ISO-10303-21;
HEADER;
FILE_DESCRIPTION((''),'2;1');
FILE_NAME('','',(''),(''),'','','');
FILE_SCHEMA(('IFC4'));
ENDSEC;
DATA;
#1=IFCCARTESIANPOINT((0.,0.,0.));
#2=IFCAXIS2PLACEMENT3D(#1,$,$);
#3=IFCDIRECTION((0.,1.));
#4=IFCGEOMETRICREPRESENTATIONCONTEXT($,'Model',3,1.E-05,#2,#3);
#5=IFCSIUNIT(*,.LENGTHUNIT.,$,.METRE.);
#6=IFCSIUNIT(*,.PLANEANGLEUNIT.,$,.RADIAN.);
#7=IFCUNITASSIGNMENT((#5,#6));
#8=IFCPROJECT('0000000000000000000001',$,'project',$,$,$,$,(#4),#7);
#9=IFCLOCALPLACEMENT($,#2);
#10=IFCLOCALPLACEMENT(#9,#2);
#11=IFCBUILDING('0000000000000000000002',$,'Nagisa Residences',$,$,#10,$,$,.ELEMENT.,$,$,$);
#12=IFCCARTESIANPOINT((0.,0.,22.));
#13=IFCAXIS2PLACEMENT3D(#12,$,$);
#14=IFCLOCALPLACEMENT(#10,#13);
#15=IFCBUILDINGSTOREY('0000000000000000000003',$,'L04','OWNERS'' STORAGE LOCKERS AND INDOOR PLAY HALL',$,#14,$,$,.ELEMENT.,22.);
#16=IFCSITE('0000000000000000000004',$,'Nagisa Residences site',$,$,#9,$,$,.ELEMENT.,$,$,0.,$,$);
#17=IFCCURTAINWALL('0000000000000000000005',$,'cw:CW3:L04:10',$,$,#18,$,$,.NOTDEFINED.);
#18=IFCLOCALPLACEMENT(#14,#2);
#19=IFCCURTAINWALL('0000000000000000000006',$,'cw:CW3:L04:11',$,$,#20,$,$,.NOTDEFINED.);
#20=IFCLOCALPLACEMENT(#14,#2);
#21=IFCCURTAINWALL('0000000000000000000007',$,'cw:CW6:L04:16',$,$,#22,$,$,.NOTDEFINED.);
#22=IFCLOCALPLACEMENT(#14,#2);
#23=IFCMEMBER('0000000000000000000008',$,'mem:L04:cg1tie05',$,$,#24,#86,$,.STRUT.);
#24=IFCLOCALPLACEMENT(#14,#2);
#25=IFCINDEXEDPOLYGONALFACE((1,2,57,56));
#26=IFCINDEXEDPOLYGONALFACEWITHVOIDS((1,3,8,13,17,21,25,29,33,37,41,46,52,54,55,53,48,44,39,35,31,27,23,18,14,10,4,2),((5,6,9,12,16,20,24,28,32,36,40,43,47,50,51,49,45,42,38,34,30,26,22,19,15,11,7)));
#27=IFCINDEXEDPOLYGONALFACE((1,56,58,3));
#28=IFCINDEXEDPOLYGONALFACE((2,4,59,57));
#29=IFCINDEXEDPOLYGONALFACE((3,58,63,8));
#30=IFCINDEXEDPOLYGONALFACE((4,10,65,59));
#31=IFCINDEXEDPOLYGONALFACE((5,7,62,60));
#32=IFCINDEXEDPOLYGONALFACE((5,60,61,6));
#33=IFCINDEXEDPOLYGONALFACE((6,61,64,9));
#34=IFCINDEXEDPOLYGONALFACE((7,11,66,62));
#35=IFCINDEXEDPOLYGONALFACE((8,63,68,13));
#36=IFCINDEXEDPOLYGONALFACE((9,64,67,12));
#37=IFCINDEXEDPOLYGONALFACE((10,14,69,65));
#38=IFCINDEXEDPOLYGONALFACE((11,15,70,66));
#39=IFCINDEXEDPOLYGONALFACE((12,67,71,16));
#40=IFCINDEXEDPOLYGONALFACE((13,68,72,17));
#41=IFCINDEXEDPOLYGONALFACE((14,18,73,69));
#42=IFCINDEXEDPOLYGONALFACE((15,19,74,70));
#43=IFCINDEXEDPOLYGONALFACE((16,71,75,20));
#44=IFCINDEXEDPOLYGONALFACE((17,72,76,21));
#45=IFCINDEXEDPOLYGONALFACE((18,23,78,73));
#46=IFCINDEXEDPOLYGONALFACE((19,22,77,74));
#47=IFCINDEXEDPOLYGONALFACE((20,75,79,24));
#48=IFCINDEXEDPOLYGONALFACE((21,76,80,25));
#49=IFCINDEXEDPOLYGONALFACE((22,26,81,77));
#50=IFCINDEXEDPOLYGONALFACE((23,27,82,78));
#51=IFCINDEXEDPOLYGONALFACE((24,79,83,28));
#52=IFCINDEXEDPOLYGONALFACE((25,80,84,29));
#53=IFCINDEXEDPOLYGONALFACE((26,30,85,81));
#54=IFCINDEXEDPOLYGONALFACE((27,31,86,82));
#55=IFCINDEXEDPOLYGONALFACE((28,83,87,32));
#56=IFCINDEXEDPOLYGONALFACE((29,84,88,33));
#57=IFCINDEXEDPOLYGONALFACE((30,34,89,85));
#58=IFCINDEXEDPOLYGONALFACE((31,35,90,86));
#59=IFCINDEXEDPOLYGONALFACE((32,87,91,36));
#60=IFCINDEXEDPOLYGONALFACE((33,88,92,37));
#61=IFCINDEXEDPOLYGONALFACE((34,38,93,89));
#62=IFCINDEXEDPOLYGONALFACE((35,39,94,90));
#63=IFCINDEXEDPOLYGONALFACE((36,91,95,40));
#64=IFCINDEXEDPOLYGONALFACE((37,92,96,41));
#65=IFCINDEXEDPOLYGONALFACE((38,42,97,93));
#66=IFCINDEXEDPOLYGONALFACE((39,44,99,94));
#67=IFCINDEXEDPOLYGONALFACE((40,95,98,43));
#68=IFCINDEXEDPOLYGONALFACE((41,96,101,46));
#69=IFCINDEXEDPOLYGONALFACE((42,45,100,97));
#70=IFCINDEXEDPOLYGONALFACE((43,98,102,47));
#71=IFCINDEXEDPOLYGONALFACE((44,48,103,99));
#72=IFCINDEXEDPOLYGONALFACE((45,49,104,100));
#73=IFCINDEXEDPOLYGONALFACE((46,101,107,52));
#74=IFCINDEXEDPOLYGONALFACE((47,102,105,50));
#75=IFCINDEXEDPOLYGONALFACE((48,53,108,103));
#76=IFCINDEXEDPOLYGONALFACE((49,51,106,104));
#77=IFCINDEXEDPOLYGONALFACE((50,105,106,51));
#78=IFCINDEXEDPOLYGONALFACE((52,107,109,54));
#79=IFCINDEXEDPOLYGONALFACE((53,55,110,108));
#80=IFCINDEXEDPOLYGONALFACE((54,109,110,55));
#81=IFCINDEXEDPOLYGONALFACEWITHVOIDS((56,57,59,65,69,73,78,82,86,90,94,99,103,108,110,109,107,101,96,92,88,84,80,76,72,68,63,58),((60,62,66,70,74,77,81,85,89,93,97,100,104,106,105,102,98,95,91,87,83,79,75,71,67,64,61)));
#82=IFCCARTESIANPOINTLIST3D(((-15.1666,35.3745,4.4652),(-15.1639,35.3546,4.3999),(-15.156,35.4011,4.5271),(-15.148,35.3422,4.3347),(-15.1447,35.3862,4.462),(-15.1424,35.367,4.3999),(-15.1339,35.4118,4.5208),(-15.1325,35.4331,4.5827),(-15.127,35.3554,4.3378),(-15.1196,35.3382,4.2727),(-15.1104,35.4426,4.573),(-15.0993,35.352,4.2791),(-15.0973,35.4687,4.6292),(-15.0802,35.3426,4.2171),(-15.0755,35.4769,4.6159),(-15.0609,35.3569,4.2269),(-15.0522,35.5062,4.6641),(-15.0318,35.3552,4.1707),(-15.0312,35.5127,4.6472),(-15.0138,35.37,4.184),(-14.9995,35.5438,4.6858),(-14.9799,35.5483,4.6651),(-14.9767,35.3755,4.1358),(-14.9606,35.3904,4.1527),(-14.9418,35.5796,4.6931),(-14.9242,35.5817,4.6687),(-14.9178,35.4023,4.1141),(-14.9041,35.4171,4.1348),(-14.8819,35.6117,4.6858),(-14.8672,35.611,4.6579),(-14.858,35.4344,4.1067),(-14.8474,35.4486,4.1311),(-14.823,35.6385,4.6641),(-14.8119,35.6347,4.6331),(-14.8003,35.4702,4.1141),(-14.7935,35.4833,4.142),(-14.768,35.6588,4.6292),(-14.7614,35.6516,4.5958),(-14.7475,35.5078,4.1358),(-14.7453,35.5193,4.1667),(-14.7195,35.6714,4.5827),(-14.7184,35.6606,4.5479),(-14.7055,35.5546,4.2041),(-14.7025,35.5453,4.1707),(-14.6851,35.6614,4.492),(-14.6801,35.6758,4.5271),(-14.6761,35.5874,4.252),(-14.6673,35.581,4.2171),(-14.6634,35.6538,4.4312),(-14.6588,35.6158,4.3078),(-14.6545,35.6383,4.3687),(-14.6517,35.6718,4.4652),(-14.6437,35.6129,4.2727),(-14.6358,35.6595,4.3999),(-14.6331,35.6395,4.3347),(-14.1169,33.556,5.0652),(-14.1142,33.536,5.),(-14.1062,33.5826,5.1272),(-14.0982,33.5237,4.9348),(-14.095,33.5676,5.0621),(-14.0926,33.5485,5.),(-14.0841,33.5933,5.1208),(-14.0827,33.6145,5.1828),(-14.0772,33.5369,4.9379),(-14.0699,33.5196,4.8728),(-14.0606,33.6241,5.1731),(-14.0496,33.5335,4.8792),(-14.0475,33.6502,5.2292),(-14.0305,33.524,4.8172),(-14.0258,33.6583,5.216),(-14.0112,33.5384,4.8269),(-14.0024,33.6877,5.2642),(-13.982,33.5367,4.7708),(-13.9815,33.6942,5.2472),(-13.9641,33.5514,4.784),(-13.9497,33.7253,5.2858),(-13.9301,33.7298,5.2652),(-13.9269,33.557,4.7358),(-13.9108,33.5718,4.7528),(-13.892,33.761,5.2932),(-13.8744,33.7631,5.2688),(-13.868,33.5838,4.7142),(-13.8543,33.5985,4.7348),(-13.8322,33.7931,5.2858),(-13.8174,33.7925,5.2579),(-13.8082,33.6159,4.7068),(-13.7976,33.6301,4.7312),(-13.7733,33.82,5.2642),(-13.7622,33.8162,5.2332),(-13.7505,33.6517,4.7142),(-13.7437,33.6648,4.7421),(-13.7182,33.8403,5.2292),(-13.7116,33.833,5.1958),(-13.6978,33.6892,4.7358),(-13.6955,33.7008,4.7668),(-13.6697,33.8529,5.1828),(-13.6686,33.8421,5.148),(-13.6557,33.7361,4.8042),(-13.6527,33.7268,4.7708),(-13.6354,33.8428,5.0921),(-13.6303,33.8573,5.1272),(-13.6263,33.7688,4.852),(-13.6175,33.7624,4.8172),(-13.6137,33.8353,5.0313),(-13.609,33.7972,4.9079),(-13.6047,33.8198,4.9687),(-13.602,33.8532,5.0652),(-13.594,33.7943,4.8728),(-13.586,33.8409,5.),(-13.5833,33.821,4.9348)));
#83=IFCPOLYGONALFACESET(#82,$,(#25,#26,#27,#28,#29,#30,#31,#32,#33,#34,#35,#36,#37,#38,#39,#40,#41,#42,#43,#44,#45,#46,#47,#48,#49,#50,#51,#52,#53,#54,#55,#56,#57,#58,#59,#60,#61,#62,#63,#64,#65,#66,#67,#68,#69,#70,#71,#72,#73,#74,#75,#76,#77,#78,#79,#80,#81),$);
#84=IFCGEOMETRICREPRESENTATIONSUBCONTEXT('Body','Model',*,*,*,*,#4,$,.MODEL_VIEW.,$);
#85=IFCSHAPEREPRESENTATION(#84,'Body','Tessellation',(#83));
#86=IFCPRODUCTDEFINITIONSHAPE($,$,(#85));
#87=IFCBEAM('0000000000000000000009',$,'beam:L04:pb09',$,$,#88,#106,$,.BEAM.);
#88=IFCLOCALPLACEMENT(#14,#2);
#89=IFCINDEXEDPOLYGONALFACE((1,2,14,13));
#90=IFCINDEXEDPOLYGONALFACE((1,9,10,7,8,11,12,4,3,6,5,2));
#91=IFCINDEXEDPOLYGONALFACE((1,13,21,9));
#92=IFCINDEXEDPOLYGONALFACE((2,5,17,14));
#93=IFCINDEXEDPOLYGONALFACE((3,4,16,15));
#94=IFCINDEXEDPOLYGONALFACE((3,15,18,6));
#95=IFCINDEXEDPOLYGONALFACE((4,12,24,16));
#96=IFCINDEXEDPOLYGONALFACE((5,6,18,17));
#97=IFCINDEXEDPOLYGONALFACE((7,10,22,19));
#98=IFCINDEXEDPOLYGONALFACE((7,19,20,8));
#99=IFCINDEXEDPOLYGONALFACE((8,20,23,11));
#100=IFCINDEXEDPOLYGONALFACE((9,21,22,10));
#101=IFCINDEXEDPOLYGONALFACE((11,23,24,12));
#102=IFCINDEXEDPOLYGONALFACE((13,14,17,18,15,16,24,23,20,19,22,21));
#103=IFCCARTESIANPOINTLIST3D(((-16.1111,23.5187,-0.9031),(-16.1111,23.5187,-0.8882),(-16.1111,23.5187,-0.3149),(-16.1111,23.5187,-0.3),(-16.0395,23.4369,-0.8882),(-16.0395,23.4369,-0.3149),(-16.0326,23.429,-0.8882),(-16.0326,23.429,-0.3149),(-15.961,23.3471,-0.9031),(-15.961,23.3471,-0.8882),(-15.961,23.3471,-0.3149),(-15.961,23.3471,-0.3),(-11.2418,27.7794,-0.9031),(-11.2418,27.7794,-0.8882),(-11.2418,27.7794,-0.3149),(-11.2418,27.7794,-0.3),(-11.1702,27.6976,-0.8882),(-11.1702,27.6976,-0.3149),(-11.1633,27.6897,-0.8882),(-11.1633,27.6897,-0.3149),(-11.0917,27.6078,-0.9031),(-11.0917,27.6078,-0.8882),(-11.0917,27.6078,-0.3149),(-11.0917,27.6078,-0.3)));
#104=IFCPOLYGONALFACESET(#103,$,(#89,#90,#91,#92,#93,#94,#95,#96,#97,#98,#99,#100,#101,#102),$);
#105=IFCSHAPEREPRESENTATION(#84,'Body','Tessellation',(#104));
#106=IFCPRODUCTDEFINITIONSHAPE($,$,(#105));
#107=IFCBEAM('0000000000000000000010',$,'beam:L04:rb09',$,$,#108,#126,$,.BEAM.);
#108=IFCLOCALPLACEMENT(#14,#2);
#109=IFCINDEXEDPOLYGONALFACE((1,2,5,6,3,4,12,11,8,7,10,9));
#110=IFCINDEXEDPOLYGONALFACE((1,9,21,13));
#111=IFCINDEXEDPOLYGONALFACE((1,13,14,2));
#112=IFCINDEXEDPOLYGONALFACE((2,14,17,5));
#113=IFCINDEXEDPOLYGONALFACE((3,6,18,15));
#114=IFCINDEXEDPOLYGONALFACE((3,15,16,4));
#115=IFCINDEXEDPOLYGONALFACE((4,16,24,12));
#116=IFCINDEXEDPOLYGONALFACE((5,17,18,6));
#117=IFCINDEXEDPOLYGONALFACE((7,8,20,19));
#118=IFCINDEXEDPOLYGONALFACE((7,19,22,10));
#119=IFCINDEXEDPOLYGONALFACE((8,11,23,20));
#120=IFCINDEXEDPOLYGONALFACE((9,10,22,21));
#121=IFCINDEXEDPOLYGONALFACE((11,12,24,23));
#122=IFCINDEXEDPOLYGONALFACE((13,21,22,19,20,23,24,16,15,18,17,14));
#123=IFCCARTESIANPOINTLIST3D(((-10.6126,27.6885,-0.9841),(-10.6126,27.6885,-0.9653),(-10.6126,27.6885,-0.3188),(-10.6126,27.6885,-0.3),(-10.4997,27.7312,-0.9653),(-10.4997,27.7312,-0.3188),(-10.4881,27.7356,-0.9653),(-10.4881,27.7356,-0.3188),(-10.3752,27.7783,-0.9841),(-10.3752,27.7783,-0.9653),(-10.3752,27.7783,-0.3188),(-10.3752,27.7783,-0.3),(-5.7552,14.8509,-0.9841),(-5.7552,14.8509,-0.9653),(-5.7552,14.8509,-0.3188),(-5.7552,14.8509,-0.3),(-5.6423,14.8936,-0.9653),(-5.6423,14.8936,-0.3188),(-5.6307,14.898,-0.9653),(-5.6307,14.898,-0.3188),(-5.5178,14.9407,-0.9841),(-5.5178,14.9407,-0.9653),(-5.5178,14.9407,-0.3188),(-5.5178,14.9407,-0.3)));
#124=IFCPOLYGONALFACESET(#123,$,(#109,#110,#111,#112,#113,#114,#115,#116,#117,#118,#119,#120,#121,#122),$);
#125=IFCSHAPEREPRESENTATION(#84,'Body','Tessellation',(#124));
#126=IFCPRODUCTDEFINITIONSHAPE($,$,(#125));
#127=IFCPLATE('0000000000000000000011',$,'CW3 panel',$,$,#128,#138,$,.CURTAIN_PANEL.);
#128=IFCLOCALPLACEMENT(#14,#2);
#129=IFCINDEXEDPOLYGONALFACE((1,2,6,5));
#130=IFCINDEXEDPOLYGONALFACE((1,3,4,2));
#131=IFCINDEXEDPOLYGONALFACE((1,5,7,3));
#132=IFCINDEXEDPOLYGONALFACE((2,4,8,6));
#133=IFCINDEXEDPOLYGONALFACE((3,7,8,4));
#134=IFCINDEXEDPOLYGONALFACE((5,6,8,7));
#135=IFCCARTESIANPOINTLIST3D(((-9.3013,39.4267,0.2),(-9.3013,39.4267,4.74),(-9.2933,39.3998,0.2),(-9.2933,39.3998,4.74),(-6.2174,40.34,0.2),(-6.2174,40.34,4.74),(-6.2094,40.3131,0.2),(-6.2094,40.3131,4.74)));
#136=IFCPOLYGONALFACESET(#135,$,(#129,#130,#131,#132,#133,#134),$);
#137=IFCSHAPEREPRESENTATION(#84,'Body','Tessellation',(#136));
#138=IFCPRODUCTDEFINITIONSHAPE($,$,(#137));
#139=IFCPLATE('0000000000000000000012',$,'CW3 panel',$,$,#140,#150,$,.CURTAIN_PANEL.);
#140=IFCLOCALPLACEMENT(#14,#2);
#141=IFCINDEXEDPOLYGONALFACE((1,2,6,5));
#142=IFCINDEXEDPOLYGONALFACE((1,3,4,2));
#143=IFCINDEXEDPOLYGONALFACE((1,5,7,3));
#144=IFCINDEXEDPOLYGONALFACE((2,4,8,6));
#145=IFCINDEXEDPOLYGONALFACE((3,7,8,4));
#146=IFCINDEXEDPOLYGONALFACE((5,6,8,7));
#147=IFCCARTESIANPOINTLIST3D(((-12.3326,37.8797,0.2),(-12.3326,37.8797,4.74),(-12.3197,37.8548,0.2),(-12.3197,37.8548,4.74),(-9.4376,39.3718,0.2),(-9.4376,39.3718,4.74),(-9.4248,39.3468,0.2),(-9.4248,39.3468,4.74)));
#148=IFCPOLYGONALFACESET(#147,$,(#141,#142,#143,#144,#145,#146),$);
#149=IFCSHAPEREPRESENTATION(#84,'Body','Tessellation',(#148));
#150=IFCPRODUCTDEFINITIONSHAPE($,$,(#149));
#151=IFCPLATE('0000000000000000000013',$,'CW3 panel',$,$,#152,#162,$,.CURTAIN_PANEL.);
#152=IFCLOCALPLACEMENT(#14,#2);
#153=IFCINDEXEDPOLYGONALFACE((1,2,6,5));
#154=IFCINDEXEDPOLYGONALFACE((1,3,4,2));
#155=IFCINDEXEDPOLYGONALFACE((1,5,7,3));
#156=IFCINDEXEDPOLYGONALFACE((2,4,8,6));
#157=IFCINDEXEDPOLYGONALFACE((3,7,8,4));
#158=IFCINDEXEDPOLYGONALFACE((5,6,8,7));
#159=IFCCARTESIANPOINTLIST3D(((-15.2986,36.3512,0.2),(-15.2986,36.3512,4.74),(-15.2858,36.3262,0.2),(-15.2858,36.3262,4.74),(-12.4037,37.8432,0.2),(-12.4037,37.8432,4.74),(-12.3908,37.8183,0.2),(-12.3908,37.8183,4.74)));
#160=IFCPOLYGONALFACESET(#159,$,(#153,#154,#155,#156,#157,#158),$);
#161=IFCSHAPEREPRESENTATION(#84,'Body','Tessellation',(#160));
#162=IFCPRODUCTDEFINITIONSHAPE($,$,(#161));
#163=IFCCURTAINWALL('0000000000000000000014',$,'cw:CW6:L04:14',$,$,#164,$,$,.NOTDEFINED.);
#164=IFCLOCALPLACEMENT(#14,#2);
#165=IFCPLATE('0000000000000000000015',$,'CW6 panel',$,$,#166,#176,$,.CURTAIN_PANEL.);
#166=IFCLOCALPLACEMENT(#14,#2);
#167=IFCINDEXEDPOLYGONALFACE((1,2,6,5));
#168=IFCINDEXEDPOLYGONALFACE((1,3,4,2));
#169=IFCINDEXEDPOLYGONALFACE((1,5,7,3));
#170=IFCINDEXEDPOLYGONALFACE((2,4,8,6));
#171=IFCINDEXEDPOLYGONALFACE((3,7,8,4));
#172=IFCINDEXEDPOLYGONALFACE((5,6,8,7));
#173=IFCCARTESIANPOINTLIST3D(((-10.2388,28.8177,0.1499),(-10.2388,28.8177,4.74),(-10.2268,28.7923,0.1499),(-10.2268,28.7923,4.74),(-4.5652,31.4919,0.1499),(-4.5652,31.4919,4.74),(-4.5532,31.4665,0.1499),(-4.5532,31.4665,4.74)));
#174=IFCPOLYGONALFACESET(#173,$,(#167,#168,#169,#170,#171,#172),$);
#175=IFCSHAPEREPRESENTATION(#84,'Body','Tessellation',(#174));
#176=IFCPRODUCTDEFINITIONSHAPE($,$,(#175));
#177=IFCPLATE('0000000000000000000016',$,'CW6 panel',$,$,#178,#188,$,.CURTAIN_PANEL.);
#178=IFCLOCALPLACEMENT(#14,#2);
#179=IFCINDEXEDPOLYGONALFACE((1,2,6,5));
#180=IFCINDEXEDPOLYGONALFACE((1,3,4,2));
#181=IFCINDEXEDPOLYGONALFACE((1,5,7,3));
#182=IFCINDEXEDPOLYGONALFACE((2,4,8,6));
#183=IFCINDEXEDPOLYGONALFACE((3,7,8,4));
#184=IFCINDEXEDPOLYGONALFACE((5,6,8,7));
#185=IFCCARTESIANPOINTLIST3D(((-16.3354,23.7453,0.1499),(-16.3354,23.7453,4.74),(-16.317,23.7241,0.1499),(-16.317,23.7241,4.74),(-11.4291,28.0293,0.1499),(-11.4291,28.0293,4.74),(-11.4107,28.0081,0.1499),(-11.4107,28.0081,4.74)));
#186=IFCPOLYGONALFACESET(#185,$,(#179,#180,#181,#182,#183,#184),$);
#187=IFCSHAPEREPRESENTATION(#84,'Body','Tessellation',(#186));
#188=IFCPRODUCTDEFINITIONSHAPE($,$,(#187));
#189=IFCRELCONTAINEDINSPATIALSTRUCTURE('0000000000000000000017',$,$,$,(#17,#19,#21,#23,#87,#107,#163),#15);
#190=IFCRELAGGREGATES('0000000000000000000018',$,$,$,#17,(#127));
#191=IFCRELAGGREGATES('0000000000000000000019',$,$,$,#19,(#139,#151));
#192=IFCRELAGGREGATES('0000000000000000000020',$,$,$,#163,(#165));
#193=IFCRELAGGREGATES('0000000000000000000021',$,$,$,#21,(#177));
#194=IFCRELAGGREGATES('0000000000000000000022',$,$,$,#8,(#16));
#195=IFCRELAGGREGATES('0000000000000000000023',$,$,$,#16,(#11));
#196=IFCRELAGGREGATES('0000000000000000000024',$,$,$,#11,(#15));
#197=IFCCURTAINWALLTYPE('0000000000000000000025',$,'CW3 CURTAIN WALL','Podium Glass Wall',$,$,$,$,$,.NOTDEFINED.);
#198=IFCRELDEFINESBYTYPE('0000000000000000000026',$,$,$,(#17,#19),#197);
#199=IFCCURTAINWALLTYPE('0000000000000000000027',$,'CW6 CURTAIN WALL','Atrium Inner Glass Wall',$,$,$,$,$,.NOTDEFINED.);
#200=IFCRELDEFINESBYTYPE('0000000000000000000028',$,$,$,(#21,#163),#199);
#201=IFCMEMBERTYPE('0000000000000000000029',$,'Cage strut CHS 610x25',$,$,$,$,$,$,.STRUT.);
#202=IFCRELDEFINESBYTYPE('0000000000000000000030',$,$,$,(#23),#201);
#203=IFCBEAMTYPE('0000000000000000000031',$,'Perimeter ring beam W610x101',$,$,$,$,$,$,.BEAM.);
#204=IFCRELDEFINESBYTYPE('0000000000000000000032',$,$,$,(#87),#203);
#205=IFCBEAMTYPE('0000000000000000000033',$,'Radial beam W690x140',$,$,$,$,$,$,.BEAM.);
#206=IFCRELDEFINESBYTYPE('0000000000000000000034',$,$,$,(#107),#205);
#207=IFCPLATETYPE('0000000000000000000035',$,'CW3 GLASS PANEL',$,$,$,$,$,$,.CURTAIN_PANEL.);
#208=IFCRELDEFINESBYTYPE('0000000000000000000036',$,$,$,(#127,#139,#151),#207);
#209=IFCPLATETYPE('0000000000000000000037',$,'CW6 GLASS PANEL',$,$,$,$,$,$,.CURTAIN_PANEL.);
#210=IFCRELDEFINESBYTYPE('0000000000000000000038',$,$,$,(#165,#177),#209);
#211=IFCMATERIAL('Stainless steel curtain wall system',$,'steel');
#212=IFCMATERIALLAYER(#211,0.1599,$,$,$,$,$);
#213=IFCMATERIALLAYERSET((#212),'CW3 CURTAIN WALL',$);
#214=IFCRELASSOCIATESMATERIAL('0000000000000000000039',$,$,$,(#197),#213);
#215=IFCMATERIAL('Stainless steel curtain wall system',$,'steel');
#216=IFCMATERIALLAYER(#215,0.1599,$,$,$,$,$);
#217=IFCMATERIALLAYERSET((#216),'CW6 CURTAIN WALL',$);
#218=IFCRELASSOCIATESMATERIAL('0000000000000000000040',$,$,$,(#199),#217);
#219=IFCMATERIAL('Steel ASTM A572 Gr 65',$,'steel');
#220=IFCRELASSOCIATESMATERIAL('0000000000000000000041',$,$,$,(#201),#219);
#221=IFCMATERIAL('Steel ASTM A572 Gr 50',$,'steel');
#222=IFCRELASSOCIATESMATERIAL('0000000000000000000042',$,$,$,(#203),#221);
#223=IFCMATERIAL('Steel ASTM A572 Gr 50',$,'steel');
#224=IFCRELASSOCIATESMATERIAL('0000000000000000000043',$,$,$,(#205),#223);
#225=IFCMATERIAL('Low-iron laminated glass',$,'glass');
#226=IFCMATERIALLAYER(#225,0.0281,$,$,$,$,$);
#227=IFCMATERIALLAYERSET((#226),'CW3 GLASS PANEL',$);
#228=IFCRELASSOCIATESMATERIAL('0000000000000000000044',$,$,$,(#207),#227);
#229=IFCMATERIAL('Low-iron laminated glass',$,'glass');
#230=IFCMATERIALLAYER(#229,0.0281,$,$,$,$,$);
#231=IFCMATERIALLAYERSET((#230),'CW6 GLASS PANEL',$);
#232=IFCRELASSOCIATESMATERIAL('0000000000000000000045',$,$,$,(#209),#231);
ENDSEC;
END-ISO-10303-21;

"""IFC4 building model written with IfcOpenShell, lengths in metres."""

from ifc_helpers import new_model, si_unit, direction, frame, origin, origin_2d, place, context, subcontext, project, spatial, rectangle, hollow_circle, i_section, extrude, material, layer, layer_set, material_profile, profile_set, type_object, element, aggregate, save


model = new_model("IFC4")

# Units and contexts
model_context = context("Model", 3, precision=1e-05, world=origin(), true_north=direction((0.0, 1.0)))
body_context = subcontext(model_context, "Body", "Model", "MODEL_VIEW")
ifc_project = project(units=[si_unit("LENGTHUNIT", "METRE"), si_unit("PLANEANGLEUNIT", "RADIAN")], contexts=[model_context])

# Site, building, storey
site_placement = place(None, origin())
site = spatial("IfcSite", under=ifc_project, at=site_placement, Name="Nagisa Residences site", CompositionType="ELEMENT", RefElevation=0.0)
building_placement = place(site_placement, origin())
building = spatial("IfcBuilding", under=site, at=building_placement, Name="Nagisa Residences", CompositionType="ELEMENT")
storey_placement = place(building_placement, frame((0.0, 0.0, 22.0)))
storey = spatial("IfcBuildingStorey", under=building, at=storey_placement, Name="L04", Description="OWNERS' STORAGE LOCKERS AND INDOOR PLAY HALL", CompositionType="ELEMENT", Elevation=22.0)

# Curtain wall
ifc_material_1 = material(Name="Stainless steel curtain wall system", Category="steel")
ifc_layer_1 = layer(ifc_material_1, 0.1599)
ifc_layer_set_1 = layer_set([ifc_layer_1], Name="CW3 CURTAIN WALL")
curtain_wall_type_1 = type_object("IfcCurtainWallType", Name="CW3 CURTAIN WALL", Description="Podium Glass Wall", PredefinedType="NOTDEFINED", material=ifc_layer_set_1)
curtain_wall_1_placement = place(storey_placement, origin())
curtain_wall_1 = element("IfcCurtainWall", 1, at=curtain_wall_1_placement, inside=storey, type_object=curtain_wall_type_1, Name="cw:CW3:L04:10", PredefinedType="NOTDEFINED")

# Curtain walls
curtain_wall_2_placement = place(storey_placement, origin())
curtain_wall_2 = element("IfcCurtainWall", 2, at=curtain_wall_2_placement, inside=storey, type_object=curtain_wall_type_1, Name="cw:CW3:L04:11", PredefinedType="NOTDEFINED")
ifc_material_2 = material(Name="Stainless steel curtain wall system", Category="steel")
ifc_layer_2 = layer(ifc_material_2, 0.1599)
ifc_layer_set_2 = layer_set([ifc_layer_2], Name="CW6 CURTAIN WALL")
curtain_wall_type_2 = type_object("IfcCurtainWallType", Name="CW6 CURTAIN WALL", Description="Atrium Inner Glass Wall", PredefinedType="NOTDEFINED", material=ifc_layer_set_2)
curtain_wall_3_placement = place(storey_placement, origin())
curtain_wall_3 = element("IfcCurtainWall", 3, at=curtain_wall_3_placement, inside=storey, type_object=curtain_wall_type_2, Name="cw:CW6:L04:16", PredefinedType="NOTDEFINED")

# Member
ifc_material_3 = material(Name="Steel ASTM A572 Gr 65", Category="steel")
ifc_material_profile_1 = material_profile(ifc_material_3, hollow_circle(Radius=0.3049, WallThickness=0.0249, at=origin_2d()), Name="CHS 610x25")
ifc_profile_set_1 = profile_set([ifc_material_profile_1], Name="Steel ASTM A572 Gr 65")
member_type_1 = type_object("IfcMemberType", Name="Cage strut CHS 610x25", PredefinedType="STRUT", material=ifc_profile_set_1)
member_1_placement = place(storey_placement, frame((-13.8501, 33.6885, 5.0), z_axis=(-0.480696, 0.832723, -0.274779), x_axis=(-0.86606, -0.499941, 0.0)))
element("IfcMember", 4, at=member_1_placement, inside=storey, type_object=member_type_1, Name="mem:L04:cg1tie05", PredefinedType="STRUT", context=body_context, shape_type="SweptSolid", body=[
    extrude(hollow_circle(Radius=0.3049, WallThickness=0.0249, at=origin_2d()), origin(), (0.0, 0.0, 1.0), 2.1838),
])

# Beams
ifc_material_4 = material(Name="Steel ASTM A572 Gr 50", Category="steel")
ifc_material_profile_2 = material_profile(ifc_material_4, i_section(OverallWidth=0.228, OverallDepth=0.603, WebThickness=0.0105, FlangeThickness=0.0149, at=origin_2d()), Name="W610x101")
ifc_profile_set_2 = profile_set([ifc_material_profile_2], Name="Steel ASTM A572 Gr 50")
beam_type_1 = type_object("IfcBeamType", Name="Perimeter ring beam W610x101", PredefinedType="BEAM", material=ifc_profile_set_2)
beam_1_placement = place(storey_placement, frame((-11.1667, 27.6936, -0.6016), z_axis=(-0.752574, -0.658507, 0.0), x_axis=(0.658507, -0.752574, 0.0)))
element("IfcBeam", 5, at=beam_1_placement, inside=storey, type_object=beam_type_1, Name="beam:L04:pb09", PredefinedType="BEAM", context=body_context, shape_type="SweptSolid", body=[
    extrude(i_section(OverallWidth=0.228, OverallDepth=0.603, WebThickness=0.0105, FlangeThickness=0.0149, at=origin_2d()), origin(), (0.0, 0.0, 1.0), 6.4702),
])
ifc_material_5 = material(Name="Steel ASTM A572 Gr 50", Category="steel")
ifc_material_profile_3 = material_profile(ifc_material_5, i_section(OverallWidth=0.2539, OverallDepth=0.6841, WebThickness=0.0125, FlangeThickness=0.0188, at=origin_2d()), Name="W690x140")
ifc_profile_set_3 = profile_set([ifc_material_profile_3], Name="Steel ASTM A572 Gr 50")
beam_type_2 = type_object("IfcBeamType", Name="Radial beam W690x140", PredefinedType="BEAM", material=ifc_profile_set_3)
beam_2_placement = place(storey_placement, frame((-10.4939, 27.7334, -0.6421), z_axis=(0.353888, -0.935288, 0.0), x_axis=(0.935288, 0.353888, 0.0)))
element("IfcBeam", 6, at=beam_2_placement, inside=storey, type_object=beam_type_2, Name="beam:L04:rb09", PredefinedType="BEAM", context=body_context, shape_type="SweptSolid", body=[
    extrude(i_section(OverallWidth=0.2539, OverallDepth=0.6841, WebThickness=0.0125, FlangeThickness=0.0188, at=origin_2d()), origin(), (0.0, 0.0, 1.0), 13.7258),
])

# Plates
ifc_material_6 = material(Name="Low-iron laminated glass", Category="glass")
ifc_layer_3 = layer(ifc_material_6, 0.0281)
ifc_layer_set_3 = layer_set([ifc_layer_3], Name="CW3 GLASS PANEL")
plate_type_1 = type_object("IfcPlateType", Name="CW3 GLASS PANEL", PredefinedType="CURTAIN_PANEL", material=ifc_layer_set_3)
plate_1_placement = place(storey_placement, frame((-7.7554, 39.8699, 0.2), z_axis=(0.0, 0.0, 1.0), x_axis=(-0.958835, -0.283963, 0.0)))
plate_1 = element("IfcPlate", 7, at=plate_1_placement, type_object=plate_type_1, Name="CW3 panel", PredefinedType="CURTAIN_PANEL", context=body_context, shape_type="SweptSolid", body=[
    extrude(rectangle(XDim=3.2163, YDim=0.0281, at=origin_2d()), origin(), (0.0, 0.0, 1.0), 4.54),
])
aggregate(curtain_wall_1, [plate_1])
plate_2_placement = place(storey_placement, frame((-10.8787, 38.6133, 0.2), z_axis=(0.0, 0.0, 1.0), x_axis=(-0.888887, -0.458126, 0.0)))
plate_2 = element("IfcPlate", 8, at=plate_2_placement, type_object=plate_type_1, Name="CW3 panel", PredefinedType="CURTAIN_PANEL", context=body_context, shape_type="SweptSolid", body=[
    extrude(rectangle(XDim=3.2568, YDim=0.0281, at=origin_2d()), origin(), (0.0, 0.0, 1.0), 4.54),
])
plate_3_placement = place(storey_placement, frame((-13.8447, 37.0847, 0.2), z_axis=(0.0, 0.0, 1.0), x_axis=(-0.888887, -0.458126, 0.0)))
plate_3 = element("IfcPlate", 9, at=plate_3_placement, type_object=plate_type_1, Name="CW3 panel", PredefinedType="CURTAIN_PANEL", context=body_context, shape_type="SweptSolid", body=[
    extrude(rectangle(XDim=3.2568, YDim=0.0281, at=origin_2d()), origin(), (0.0, 0.0, 1.0), 4.54),
])
aggregate(curtain_wall_2, [plate_2, plate_3])

# Curtain wall, plate
curtain_wall_4_placement = place(storey_placement, origin())
curtain_wall_4 = element("IfcCurtainWall", 10, at=curtain_wall_4_placement, inside=storey, type_object=curtain_wall_type_2, Name="cw:CW6:L04:14", PredefinedType="NOTDEFINED")
ifc_material_7 = material(Name="Low-iron laminated glass", Category="glass")
ifc_layer_4 = layer(ifc_material_7, 0.0281)
ifc_layer_set_4 = layer_set([ifc_layer_4], Name="CW6 GLASS PANEL")
plate_type_2 = type_object("IfcPlateType", Name="CW6 GLASS PANEL", PredefinedType="CURTAIN_PANEL", material=ifc_layer_set_4)
plate_4_placement = place(storey_placement, frame((-7.396, 30.1421, 0.1499), z_axis=(0.0, 0.0, 1.0), x_axis=(-0.904554, -0.426358, 0.0)))
plate_4 = element("IfcPlate", 11, at=plate_4_placement, type_object=plate_type_2, Name="CW6 panel", PredefinedType="CURTAIN_PANEL", context=body_context, shape_type="SweptSolid", body=[
    extrude(rectangle(XDim=6.2722, YDim=0.0281, at=origin_2d()), origin(), (0.0, 0.0, 1.0), 4.5901),
])
aggregate(curtain_wall_4, [plate_4])

# Plate
plate_5_placement = place(storey_placement, frame((-13.873, 25.8767, 0.1499), z_axis=(0.0, 0.0, 1.0), x_axis=(-0.753261, -0.657721, 0.0)))
plate_5 = element("IfcPlate", 12, at=plate_5_placement, type_object=plate_type_2, Name="CW6 panel", PredefinedType="CURTAIN_PANEL", context=body_context, shape_type="SweptSolid", body=[
    extrude(rectangle(XDim=6.5134, YDim=0.0281, at=origin_2d()), origin(), (0.0, 0.0, 1.0), 4.5901),
])
aggregate(curtain_wall_3, [plate_5])

save(model, "model.ifc")
